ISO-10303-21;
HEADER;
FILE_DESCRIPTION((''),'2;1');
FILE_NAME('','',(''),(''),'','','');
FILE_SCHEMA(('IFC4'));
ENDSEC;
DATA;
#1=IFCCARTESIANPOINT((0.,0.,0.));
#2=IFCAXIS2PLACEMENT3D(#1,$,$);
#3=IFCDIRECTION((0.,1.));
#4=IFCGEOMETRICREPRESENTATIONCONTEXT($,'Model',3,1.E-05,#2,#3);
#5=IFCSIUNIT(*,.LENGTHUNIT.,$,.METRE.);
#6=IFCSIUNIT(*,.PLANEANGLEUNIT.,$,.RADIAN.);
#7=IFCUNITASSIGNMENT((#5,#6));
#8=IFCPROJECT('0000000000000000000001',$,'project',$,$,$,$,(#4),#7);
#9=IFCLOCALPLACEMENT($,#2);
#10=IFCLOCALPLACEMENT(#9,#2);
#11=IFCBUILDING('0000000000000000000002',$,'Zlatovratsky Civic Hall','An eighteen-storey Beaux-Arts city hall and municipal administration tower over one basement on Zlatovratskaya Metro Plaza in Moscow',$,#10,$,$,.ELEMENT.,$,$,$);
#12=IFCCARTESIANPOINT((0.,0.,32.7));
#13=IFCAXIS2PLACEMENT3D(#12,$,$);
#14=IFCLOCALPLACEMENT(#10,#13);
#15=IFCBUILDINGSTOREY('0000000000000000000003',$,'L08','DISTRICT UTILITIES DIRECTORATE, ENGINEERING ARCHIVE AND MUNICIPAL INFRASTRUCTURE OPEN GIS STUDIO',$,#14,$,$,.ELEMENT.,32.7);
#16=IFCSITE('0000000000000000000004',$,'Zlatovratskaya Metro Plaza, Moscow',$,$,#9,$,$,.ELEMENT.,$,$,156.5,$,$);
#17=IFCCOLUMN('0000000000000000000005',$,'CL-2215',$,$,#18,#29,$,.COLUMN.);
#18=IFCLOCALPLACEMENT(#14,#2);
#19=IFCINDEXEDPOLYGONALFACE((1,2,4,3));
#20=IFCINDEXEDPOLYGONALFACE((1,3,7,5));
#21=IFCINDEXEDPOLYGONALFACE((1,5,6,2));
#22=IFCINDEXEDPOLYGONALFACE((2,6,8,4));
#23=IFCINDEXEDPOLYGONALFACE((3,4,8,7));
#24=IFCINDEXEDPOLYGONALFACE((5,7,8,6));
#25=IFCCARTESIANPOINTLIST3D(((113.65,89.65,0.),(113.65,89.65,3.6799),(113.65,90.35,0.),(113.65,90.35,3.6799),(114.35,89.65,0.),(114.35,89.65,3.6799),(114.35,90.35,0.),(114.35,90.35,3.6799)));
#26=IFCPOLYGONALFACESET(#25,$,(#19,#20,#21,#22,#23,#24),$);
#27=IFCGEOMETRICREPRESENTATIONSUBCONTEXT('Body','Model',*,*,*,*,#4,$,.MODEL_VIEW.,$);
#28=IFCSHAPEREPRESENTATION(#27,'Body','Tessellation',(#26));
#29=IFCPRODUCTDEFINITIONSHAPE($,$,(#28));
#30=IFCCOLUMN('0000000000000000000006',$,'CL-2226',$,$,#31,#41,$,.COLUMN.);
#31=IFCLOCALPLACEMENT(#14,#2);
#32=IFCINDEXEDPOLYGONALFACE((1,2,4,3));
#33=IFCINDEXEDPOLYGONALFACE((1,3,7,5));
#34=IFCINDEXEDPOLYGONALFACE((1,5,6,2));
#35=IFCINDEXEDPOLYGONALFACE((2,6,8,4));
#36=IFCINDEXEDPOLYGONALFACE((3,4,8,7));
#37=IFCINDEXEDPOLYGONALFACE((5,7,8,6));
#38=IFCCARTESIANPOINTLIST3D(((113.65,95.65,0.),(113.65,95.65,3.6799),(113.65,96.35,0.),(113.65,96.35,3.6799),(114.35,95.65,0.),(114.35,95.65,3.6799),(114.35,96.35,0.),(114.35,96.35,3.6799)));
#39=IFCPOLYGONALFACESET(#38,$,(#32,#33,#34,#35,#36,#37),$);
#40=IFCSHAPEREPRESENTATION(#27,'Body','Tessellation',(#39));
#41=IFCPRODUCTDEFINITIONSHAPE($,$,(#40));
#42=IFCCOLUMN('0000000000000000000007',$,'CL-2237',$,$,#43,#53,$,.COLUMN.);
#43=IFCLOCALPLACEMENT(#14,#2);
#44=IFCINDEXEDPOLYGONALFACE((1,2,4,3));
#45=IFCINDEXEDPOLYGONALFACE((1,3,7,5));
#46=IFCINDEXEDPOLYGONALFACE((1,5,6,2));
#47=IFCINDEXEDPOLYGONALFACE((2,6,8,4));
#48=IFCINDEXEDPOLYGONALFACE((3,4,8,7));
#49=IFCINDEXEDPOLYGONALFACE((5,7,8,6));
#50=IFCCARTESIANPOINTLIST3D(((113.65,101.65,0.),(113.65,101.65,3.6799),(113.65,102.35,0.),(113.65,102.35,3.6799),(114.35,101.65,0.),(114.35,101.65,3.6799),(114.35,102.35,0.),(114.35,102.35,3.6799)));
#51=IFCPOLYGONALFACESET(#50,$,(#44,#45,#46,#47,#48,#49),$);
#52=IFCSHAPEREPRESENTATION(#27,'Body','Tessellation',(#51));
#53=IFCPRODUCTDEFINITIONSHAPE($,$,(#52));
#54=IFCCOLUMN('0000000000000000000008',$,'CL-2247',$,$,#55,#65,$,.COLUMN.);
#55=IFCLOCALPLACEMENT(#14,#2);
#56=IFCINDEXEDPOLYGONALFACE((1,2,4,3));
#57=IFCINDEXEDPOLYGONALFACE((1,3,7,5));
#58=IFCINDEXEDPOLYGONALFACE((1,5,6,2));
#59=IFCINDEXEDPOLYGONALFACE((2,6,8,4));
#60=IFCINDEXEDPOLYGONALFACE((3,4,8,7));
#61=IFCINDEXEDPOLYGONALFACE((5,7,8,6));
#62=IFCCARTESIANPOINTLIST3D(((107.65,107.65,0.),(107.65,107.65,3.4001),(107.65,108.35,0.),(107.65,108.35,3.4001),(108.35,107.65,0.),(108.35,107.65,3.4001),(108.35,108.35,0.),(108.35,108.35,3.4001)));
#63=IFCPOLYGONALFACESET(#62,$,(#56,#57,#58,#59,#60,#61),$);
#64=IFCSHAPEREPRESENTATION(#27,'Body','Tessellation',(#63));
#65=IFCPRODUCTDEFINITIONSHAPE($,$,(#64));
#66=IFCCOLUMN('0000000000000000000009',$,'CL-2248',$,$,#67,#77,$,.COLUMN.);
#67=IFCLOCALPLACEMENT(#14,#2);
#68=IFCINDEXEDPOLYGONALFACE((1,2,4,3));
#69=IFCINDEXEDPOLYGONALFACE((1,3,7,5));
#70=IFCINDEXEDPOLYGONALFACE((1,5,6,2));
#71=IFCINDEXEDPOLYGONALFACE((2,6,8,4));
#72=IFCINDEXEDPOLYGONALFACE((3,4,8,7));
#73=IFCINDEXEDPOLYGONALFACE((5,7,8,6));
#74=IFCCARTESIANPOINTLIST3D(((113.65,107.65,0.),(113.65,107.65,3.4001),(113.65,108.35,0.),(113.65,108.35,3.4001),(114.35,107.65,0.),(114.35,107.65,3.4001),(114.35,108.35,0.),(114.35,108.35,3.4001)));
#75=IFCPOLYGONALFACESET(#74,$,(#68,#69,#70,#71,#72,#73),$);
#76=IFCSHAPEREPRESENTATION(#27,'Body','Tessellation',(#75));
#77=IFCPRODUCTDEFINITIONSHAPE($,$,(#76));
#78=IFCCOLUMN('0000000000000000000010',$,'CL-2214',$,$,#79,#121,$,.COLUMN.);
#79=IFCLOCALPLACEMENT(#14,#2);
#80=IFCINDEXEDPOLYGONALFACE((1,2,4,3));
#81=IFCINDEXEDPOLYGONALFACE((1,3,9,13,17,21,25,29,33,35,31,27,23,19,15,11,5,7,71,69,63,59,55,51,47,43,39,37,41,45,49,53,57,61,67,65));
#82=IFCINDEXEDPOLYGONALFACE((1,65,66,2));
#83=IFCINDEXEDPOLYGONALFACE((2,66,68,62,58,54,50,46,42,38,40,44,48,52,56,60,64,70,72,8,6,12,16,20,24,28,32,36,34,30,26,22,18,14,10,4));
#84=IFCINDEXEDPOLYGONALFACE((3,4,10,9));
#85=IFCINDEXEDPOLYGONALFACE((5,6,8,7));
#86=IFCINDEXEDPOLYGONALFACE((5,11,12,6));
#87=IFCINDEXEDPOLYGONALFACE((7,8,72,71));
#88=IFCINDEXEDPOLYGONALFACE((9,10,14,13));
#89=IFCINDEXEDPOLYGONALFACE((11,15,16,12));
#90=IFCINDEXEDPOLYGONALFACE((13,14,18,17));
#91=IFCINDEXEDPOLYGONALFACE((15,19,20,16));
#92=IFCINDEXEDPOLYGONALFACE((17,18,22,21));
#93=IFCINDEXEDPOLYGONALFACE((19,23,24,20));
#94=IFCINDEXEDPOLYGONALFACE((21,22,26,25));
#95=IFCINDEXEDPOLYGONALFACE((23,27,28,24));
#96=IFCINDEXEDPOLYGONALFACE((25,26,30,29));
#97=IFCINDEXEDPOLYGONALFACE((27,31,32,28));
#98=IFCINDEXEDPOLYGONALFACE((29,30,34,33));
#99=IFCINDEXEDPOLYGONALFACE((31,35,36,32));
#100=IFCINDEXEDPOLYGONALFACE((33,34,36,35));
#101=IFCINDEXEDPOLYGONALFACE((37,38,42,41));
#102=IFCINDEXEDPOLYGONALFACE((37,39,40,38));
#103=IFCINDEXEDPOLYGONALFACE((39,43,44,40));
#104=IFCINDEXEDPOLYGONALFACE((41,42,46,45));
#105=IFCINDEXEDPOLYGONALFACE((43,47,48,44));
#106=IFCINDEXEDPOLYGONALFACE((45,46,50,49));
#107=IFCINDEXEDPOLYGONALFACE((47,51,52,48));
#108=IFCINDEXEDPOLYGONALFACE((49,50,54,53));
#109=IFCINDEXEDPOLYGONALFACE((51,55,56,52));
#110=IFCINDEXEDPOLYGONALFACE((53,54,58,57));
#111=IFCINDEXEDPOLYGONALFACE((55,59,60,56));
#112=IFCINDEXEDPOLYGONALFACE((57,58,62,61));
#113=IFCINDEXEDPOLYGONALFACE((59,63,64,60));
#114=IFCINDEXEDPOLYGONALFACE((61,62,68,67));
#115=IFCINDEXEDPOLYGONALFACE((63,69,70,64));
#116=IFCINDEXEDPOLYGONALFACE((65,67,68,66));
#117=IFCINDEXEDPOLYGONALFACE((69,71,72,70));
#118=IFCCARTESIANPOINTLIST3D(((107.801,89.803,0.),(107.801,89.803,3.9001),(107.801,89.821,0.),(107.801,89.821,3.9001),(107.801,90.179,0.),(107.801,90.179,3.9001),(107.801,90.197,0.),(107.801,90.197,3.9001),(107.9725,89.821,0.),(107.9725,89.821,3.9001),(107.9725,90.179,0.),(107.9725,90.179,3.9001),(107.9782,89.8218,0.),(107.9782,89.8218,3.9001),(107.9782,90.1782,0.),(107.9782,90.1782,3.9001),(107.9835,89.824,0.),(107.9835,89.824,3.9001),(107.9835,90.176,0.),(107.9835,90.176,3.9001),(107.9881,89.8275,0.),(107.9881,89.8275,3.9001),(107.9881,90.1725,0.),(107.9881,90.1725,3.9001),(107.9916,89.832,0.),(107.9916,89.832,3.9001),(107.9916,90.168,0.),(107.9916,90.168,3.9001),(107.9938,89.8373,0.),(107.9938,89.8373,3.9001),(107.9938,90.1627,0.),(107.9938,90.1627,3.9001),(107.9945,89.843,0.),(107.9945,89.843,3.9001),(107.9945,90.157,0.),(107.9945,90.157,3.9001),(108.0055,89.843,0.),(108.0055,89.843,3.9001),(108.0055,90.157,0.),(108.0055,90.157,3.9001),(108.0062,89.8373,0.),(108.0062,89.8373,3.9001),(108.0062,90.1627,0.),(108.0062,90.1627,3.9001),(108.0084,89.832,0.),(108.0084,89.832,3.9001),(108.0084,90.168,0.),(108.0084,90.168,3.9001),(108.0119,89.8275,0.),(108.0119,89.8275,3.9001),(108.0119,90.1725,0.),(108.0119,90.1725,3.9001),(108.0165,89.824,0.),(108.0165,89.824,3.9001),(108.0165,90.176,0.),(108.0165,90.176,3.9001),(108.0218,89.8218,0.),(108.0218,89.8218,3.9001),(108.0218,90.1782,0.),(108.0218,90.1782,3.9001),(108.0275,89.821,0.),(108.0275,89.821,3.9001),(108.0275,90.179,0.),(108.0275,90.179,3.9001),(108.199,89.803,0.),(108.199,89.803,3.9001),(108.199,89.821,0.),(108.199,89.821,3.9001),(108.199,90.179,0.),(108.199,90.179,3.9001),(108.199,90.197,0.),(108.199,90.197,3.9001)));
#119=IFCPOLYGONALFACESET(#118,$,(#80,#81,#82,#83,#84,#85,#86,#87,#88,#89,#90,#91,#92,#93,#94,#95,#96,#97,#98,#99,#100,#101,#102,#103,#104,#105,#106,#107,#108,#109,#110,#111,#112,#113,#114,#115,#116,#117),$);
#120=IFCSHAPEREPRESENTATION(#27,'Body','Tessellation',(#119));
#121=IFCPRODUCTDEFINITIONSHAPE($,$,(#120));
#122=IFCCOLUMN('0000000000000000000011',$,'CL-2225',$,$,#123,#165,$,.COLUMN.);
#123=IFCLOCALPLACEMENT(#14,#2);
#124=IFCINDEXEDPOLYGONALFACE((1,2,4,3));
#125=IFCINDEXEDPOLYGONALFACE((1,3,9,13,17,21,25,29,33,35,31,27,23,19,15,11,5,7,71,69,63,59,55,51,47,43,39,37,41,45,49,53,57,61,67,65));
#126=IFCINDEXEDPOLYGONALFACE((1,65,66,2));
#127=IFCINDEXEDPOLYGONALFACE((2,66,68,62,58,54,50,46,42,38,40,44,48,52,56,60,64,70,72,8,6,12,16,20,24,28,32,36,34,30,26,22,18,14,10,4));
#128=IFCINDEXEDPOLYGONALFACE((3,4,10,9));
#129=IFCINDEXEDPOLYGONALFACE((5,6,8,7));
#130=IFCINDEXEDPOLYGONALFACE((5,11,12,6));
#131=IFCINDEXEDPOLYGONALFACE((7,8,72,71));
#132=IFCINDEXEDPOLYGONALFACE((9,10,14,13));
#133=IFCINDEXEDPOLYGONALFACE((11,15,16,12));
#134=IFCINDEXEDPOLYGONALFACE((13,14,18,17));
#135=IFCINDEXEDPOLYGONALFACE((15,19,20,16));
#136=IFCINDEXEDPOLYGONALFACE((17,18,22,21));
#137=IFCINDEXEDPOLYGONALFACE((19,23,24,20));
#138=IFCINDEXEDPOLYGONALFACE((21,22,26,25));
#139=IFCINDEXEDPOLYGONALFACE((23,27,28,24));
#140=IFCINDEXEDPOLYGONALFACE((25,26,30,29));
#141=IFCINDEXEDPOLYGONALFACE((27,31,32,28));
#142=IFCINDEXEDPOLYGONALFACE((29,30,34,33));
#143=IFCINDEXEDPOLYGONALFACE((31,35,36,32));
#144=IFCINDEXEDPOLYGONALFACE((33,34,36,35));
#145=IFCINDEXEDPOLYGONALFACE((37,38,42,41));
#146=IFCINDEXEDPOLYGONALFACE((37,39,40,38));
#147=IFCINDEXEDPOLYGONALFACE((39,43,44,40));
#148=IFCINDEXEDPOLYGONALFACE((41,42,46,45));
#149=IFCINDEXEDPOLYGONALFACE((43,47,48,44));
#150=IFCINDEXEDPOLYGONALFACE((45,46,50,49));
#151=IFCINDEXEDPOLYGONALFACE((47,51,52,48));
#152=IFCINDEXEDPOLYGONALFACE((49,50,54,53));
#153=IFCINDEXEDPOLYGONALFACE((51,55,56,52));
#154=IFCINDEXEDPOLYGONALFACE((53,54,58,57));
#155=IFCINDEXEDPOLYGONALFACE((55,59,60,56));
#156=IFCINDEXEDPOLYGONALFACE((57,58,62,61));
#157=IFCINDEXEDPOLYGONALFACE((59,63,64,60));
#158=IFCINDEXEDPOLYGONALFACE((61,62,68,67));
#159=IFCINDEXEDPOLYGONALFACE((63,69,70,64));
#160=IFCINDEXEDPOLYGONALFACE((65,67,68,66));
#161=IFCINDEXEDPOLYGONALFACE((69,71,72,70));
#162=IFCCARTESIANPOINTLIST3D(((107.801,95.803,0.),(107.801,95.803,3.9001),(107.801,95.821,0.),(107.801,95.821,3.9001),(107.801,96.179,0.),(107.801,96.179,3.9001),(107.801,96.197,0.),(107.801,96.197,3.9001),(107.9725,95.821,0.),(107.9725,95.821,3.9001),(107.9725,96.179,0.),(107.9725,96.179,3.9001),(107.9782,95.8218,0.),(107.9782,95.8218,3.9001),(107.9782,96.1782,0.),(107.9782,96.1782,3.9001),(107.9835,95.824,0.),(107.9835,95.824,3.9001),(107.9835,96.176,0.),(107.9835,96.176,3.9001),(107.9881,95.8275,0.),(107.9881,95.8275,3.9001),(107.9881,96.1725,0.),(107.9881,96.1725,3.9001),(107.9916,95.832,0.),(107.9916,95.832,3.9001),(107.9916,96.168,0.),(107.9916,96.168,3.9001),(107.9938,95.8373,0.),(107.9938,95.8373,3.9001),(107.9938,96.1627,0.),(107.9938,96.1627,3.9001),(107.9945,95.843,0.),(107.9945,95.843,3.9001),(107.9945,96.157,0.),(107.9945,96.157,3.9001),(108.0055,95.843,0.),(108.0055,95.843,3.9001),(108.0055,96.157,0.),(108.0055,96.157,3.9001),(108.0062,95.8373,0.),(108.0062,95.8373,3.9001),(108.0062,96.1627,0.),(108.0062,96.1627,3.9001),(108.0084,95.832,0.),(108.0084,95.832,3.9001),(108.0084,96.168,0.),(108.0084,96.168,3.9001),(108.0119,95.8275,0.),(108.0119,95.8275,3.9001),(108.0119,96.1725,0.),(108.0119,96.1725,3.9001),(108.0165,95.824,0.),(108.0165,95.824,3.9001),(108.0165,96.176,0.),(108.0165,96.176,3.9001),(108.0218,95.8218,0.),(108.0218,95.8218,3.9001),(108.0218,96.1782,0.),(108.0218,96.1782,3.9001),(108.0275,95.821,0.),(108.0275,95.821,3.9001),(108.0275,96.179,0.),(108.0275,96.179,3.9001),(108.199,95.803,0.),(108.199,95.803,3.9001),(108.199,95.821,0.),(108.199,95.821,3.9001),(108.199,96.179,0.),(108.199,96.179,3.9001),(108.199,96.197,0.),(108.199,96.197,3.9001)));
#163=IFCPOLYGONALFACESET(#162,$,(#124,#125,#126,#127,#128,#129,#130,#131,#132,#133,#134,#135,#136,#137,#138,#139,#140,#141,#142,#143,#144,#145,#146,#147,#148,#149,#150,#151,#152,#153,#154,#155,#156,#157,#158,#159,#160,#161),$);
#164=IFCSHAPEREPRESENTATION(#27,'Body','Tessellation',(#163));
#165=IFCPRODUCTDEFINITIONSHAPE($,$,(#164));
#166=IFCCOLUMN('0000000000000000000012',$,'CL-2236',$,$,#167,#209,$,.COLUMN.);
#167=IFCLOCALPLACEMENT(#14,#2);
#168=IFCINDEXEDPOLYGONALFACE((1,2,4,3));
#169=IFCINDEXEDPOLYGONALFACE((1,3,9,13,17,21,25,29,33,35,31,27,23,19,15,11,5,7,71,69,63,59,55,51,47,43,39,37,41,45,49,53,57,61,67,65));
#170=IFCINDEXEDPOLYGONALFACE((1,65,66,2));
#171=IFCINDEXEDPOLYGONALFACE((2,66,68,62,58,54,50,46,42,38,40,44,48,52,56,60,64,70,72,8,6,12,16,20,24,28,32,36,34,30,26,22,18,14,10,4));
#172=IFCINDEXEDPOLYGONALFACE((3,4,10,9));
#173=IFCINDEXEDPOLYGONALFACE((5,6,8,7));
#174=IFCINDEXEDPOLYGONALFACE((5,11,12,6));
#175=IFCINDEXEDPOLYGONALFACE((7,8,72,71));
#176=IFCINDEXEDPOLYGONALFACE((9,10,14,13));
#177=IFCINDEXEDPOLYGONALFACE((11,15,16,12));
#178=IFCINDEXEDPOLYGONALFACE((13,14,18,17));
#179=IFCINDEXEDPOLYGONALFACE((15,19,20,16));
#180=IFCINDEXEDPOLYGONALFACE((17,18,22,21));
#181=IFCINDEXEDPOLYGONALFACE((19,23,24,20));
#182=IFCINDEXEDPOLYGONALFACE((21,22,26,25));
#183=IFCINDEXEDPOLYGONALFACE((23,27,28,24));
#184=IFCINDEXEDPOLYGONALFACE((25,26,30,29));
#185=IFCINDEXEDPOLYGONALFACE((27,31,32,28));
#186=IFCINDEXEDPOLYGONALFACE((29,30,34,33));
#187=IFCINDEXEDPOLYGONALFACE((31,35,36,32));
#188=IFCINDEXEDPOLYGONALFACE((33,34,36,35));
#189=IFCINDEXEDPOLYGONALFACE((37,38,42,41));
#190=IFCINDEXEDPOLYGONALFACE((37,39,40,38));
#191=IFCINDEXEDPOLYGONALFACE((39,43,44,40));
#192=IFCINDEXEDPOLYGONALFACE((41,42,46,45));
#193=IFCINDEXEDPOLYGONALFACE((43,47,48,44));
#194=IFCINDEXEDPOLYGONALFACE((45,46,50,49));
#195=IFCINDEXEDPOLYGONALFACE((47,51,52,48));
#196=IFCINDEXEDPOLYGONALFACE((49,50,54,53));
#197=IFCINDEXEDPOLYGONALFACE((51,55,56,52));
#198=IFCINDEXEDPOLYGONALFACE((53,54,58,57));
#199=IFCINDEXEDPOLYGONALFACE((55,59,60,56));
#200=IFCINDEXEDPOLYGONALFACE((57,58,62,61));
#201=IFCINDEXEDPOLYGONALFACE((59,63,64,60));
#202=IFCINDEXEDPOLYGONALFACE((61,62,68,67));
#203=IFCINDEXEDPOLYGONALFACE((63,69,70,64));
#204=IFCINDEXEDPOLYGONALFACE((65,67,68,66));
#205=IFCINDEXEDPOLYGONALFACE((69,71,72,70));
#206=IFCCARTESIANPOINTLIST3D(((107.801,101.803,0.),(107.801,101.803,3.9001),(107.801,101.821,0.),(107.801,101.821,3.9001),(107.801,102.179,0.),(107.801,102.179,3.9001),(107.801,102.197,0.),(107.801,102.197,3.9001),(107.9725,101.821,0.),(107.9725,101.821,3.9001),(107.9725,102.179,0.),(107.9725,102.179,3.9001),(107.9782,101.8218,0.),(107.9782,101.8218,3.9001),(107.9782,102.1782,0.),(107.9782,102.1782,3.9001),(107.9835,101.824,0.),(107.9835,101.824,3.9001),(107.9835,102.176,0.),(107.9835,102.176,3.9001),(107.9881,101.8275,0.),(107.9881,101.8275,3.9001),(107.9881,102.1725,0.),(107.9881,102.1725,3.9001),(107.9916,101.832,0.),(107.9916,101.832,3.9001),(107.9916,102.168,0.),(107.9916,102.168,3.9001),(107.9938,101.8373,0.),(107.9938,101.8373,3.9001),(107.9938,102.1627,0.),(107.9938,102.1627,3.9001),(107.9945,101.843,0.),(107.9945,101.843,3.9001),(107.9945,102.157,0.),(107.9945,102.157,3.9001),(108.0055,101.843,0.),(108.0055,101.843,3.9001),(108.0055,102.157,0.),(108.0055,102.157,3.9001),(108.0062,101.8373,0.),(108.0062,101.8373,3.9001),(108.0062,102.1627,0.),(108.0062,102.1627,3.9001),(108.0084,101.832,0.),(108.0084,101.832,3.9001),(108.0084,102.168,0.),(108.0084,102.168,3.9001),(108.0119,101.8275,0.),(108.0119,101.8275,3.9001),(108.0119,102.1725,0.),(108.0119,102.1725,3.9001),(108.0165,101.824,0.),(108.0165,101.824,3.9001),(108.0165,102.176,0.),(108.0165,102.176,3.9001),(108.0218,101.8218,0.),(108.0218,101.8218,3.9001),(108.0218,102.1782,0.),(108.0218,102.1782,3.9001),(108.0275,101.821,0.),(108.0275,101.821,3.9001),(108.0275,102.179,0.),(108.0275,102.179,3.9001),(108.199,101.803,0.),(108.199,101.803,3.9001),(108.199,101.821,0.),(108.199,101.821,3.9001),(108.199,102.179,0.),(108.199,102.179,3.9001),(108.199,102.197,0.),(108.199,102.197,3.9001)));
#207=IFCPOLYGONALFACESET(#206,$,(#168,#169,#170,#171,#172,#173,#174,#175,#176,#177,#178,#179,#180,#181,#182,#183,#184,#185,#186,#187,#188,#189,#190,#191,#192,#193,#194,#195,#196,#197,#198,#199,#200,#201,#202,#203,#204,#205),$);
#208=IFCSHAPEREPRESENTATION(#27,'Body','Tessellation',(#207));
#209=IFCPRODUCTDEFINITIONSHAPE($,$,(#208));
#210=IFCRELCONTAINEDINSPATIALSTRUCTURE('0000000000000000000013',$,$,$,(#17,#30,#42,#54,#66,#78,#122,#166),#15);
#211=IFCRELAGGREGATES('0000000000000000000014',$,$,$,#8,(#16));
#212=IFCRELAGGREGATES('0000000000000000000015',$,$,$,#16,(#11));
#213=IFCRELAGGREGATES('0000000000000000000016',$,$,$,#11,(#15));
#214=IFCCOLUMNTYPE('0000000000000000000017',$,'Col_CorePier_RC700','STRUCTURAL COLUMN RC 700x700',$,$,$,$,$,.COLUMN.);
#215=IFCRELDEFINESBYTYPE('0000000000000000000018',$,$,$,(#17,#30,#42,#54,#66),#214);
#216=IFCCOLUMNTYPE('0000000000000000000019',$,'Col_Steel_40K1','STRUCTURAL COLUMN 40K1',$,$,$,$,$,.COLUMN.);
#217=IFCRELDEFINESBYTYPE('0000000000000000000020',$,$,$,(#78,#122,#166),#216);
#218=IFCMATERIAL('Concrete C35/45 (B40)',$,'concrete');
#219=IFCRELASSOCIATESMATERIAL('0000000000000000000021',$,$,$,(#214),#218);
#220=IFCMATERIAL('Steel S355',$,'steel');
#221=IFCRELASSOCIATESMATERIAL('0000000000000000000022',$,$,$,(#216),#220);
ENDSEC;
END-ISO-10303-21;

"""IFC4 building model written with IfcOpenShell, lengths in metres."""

from ifc_helpers import new_model, si_unit, direction, frame, origin, origin_2d, place, context, subcontext, project, spatial, rectangle, i_section, extrude, material, material_profile, profile_set, type_object, element, save


model = new_model("IFC4")

# Units and contexts
model_context = context("Model", 3, precision=1e-05, world=origin(), true_north=direction((0.0, 1.0)))
body_context = subcontext(model_context, "Body", "Model", "MODEL_VIEW")
ifc_project = project(units=[si_unit("LENGTHUNIT", "METRE"), si_unit("PLANEANGLEUNIT", "RADIAN")], contexts=[model_context])

# Site, building, storey
site_placement = place(None, origin())
site = spatial("IfcSite", under=ifc_project, at=site_placement, Name="Zlatovratskaya Metro Plaza, Moscow", CompositionType="ELEMENT", RefElevation=156.5)
building_placement = place(site_placement, origin())
building = spatial("IfcBuilding", under=site, at=building_placement, Name="Zlatovratsky Civic Hall", Description="An eighteen-storey Beaux-Arts city hall and municipal administration tower over one basement on Zlatovratskaya Metro Plaza in Moscow", CompositionType="ELEMENT")
storey_placement = place(building_placement, frame((0.0, 0.0, 32.7)))
storey = spatial("IfcBuildingStorey", under=building, at=storey_placement, Name="L08", Description="DISTRICT UTILITIES DIRECTORATE, ENGINEERING ARCHIVE AND MUNICIPAL INFRASTRUCTURE OPEN GIS STUDIO", CompositionType="ELEMENT", Elevation=32.7)

# Columns
ifc_material_1 = material(Name="Concrete C35/45 (B40)", Category="concrete")
ifc_material_profile_1 = material_profile(ifc_material_1, rectangle(XDim=0.7, YDim=0.7, at=origin_2d()), Name="RC 700x700")
ifc_profile_set_1 = profile_set([ifc_material_profile_1], Name="Concrete C35/45 (B40)")
column_type_1 = type_object("IfcColumnType", Name="Col_CorePier_RC700", Description="STRUCTURAL COLUMN RC 700x700", PredefinedType="COLUMN", material=ifc_profile_set_1)
for number, where, z_axis, x_axis, name in (
    (1, (114.0, 90.0, 0.0), (0.0, 0.0, 1.0), (1.0, 0.0, 0.0), "CL-2215"),
    (2, (114.0, 96.0, 0.0), (0.0, 0.0, 1.0), (1.0, 0.0, 0.0), "CL-2226"),
    (3, (114.0, 102.0, 0.0), (0.0, 0.0, 1.0), (1.0, 0.0, 0.0), "CL-2237"),
):
    element("IfcColumn", number, at=place(storey_placement, frame(where, z_axis=z_axis, x_axis=x_axis)), inside=storey, type_object=column_type_1, Name=name, PredefinedType="COLUMN", context=body_context, shape_type="SweptSolid", body=[
        extrude(rectangle(XDim=0.7, YDim=0.7, at=origin_2d()), origin(), (0.0, 0.0, 1.0), 3.6799),
    ])
for number, where, z_axis, x_axis, name in (
    (4, (108.0, 108.0, 0.0), (0.0, 0.0, 1.0), (1.0, 0.0, 0.0), "CL-2247"),
    (5, (114.0, 108.0, 0.0), (0.0, 0.0, 1.0), (1.0, 0.0, 0.0), "CL-2248"),
):
    element("IfcColumn", number, at=place(storey_placement, frame(where, z_axis=z_axis, x_axis=x_axis)), inside=storey, type_object=column_type_1, Name=name, PredefinedType="COLUMN", context=body_context, shape_type="SweptSolid", body=[
        extrude(rectangle(XDim=0.7, YDim=0.7, at=origin_2d()), origin(), (0.0, 0.0, 1.0), 3.4001),
    ])
ifc_material_2 = material(Name="Steel S355", Category="steel")
ifc_material_profile_2 = material_profile(ifc_material_2, i_section(OverallWidth=0.3979, OverallDepth=0.394, WebThickness=0.011, FlangeThickness=0.0181, FilletRadius=0.022, at=origin_2d()), Name="40K1")
ifc_profile_set_2 = profile_set([ifc_material_profile_2], Name="Steel S355")
column_type_2 = type_object("IfcColumnType", Name="Col_Steel_40K1", Description="STRUCTURAL COLUMN 40K1", PredefinedType="COLUMN", material=ifc_profile_set_2)
for number, where, z_axis, x_axis, name in (
    (6, (108.0, 90.0, 0.0), (0.0, 0.0, 1.0), (1.0, 0.0, 0.0), "CL-2214"),
    (7, (108.0, 96.0, 0.0), (0.0, 0.0, 1.0), (1.0, 0.0, 0.0), "CL-2225"),
    (8, (108.0, 102.0, 0.0), (0.0, 0.0, 1.0), (1.0, 0.0, 0.0), "CL-2236"),
):
    element("IfcColumn", number, at=place(storey_placement, frame(where, z_axis=z_axis, x_axis=x_axis)), inside=storey, type_object=column_type_2, Name=name, PredefinedType="COLUMN", context=body_context, shape_type="SweptSolid", body=[
        extrude(i_section(OverallWidth=0.3979, OverallDepth=0.394, WebThickness=0.011, FlangeThickness=0.0181, FilletRadius=0.022, at=origin_2d()), origin(), (0.0, 0.0, 1.0), 3.9001),
    ])

save(model, "model.ifc")
